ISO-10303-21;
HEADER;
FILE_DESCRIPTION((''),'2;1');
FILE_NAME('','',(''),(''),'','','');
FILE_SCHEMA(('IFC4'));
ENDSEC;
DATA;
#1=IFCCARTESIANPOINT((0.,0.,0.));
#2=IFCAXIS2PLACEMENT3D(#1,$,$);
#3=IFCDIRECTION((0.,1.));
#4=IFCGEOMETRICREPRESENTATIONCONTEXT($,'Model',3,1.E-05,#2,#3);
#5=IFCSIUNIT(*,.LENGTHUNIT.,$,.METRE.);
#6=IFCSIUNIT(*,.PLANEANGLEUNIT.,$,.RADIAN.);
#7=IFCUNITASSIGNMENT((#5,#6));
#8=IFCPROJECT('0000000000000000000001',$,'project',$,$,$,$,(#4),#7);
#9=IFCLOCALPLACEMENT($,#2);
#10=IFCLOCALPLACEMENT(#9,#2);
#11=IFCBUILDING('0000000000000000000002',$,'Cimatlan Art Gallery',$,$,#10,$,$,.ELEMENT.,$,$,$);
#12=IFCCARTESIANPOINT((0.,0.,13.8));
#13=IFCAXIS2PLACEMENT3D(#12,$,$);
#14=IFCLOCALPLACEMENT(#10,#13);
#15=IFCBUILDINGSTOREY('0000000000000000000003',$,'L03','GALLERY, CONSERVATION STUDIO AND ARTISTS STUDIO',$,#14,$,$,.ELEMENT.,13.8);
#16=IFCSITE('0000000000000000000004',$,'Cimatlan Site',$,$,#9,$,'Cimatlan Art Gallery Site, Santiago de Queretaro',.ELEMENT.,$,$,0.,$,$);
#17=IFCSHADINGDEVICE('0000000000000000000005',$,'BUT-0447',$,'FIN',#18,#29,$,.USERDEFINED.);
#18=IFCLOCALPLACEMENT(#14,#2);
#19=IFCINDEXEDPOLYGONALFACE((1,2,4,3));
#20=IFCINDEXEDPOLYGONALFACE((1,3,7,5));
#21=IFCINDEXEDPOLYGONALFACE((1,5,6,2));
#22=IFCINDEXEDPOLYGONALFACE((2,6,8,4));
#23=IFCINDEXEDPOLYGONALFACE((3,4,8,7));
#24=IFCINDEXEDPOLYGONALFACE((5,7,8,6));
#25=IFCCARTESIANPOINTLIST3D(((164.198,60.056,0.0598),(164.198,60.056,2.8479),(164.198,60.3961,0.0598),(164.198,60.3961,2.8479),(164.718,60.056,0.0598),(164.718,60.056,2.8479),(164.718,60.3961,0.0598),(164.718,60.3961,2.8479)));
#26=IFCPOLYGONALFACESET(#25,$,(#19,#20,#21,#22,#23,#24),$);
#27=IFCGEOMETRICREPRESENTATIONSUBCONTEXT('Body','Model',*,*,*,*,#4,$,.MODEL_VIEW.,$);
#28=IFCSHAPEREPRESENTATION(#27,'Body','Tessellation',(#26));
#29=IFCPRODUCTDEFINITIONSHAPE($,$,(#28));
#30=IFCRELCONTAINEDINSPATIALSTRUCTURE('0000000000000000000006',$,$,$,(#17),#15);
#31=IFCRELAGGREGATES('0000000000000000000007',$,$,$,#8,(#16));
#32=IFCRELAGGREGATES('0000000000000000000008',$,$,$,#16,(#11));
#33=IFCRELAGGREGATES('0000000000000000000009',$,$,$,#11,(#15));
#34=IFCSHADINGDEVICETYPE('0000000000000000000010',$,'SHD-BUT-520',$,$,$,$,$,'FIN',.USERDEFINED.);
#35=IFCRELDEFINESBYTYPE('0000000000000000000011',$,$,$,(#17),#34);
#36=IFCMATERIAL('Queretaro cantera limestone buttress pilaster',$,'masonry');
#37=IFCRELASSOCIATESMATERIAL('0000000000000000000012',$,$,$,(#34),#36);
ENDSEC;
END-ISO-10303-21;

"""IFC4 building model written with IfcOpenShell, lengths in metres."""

from ifc_helpers import new_model, si_unit, direction, frame, origin, origin_2d, place, context, subcontext, project, spatial, rectangle, extrude, material, type_object, element, save


model = new_model("IFC4")

# Units and contexts
model_context = context("Model", 3, precision=1e-05, world=origin(), true_north=direction((0.0, 1.0)))
body_context = subcontext(model_context, "Body", "Model", "MODEL_VIEW")
ifc_project = project(units=[si_unit("LENGTHUNIT", "METRE"), si_unit("PLANEANGLEUNIT", "RADIAN")], contexts=[model_context])

# Site, building, storey
site_placement = place(None, origin())
site = spatial("IfcSite", under=ifc_project, at=site_placement, Name="Cimatlan Site", LongName="Cimatlan Art Gallery Site, Santiago de Queretaro", CompositionType="ELEMENT", RefElevation=0.0)
building_placement = place(site_placement, origin())
building = spatial("IfcBuilding", under=site, at=building_placement, Name="Cimatlan Art Gallery", CompositionType="ELEMENT")
storey_placement = place(building_placement, frame((0.0, 0.0, 13.8)))
storey = spatial("IfcBuildingStorey", under=building, at=storey_placement, Name="L03", Description="GALLERY, CONSERVATION STUDIO AND ARTISTS STUDIO", CompositionType="ELEMENT", Elevation=13.8)

# Shading device
ifc_material_1 = material(Name="Queretaro cantera limestone buttress pilaster", Category="masonry")
shading_device_type = type_object("IfcShadingDeviceType", Name="SHD-BUT-520", ElementType="FIN", PredefinedType="USERDEFINED", material=ifc_material_1)
for number, where, z_axis, x_axis, name in (
    (1, (164.458, 60.2261, 0.0598), (0.0, 0.0, 1.0), (0.0, -1.0, 0.0), "BUT-0447"),
):
    element("IfcShadingDevice", number, at=place(storey_placement, frame(where, z_axis=z_axis, x_axis=x_axis)), inside=storey, type_object=shading_device_type, Name=name, ObjectType="FIN", PredefinedType="USERDEFINED", context=body_context, shape_type="SweptSolid", body=[
        extrude(rectangle(XDim=0.3401, YDim=0.52, at=origin_2d()), origin(), (0.0, 0.0, 1.0), 2.7881),
    ])

save(model, "model.ifc")
